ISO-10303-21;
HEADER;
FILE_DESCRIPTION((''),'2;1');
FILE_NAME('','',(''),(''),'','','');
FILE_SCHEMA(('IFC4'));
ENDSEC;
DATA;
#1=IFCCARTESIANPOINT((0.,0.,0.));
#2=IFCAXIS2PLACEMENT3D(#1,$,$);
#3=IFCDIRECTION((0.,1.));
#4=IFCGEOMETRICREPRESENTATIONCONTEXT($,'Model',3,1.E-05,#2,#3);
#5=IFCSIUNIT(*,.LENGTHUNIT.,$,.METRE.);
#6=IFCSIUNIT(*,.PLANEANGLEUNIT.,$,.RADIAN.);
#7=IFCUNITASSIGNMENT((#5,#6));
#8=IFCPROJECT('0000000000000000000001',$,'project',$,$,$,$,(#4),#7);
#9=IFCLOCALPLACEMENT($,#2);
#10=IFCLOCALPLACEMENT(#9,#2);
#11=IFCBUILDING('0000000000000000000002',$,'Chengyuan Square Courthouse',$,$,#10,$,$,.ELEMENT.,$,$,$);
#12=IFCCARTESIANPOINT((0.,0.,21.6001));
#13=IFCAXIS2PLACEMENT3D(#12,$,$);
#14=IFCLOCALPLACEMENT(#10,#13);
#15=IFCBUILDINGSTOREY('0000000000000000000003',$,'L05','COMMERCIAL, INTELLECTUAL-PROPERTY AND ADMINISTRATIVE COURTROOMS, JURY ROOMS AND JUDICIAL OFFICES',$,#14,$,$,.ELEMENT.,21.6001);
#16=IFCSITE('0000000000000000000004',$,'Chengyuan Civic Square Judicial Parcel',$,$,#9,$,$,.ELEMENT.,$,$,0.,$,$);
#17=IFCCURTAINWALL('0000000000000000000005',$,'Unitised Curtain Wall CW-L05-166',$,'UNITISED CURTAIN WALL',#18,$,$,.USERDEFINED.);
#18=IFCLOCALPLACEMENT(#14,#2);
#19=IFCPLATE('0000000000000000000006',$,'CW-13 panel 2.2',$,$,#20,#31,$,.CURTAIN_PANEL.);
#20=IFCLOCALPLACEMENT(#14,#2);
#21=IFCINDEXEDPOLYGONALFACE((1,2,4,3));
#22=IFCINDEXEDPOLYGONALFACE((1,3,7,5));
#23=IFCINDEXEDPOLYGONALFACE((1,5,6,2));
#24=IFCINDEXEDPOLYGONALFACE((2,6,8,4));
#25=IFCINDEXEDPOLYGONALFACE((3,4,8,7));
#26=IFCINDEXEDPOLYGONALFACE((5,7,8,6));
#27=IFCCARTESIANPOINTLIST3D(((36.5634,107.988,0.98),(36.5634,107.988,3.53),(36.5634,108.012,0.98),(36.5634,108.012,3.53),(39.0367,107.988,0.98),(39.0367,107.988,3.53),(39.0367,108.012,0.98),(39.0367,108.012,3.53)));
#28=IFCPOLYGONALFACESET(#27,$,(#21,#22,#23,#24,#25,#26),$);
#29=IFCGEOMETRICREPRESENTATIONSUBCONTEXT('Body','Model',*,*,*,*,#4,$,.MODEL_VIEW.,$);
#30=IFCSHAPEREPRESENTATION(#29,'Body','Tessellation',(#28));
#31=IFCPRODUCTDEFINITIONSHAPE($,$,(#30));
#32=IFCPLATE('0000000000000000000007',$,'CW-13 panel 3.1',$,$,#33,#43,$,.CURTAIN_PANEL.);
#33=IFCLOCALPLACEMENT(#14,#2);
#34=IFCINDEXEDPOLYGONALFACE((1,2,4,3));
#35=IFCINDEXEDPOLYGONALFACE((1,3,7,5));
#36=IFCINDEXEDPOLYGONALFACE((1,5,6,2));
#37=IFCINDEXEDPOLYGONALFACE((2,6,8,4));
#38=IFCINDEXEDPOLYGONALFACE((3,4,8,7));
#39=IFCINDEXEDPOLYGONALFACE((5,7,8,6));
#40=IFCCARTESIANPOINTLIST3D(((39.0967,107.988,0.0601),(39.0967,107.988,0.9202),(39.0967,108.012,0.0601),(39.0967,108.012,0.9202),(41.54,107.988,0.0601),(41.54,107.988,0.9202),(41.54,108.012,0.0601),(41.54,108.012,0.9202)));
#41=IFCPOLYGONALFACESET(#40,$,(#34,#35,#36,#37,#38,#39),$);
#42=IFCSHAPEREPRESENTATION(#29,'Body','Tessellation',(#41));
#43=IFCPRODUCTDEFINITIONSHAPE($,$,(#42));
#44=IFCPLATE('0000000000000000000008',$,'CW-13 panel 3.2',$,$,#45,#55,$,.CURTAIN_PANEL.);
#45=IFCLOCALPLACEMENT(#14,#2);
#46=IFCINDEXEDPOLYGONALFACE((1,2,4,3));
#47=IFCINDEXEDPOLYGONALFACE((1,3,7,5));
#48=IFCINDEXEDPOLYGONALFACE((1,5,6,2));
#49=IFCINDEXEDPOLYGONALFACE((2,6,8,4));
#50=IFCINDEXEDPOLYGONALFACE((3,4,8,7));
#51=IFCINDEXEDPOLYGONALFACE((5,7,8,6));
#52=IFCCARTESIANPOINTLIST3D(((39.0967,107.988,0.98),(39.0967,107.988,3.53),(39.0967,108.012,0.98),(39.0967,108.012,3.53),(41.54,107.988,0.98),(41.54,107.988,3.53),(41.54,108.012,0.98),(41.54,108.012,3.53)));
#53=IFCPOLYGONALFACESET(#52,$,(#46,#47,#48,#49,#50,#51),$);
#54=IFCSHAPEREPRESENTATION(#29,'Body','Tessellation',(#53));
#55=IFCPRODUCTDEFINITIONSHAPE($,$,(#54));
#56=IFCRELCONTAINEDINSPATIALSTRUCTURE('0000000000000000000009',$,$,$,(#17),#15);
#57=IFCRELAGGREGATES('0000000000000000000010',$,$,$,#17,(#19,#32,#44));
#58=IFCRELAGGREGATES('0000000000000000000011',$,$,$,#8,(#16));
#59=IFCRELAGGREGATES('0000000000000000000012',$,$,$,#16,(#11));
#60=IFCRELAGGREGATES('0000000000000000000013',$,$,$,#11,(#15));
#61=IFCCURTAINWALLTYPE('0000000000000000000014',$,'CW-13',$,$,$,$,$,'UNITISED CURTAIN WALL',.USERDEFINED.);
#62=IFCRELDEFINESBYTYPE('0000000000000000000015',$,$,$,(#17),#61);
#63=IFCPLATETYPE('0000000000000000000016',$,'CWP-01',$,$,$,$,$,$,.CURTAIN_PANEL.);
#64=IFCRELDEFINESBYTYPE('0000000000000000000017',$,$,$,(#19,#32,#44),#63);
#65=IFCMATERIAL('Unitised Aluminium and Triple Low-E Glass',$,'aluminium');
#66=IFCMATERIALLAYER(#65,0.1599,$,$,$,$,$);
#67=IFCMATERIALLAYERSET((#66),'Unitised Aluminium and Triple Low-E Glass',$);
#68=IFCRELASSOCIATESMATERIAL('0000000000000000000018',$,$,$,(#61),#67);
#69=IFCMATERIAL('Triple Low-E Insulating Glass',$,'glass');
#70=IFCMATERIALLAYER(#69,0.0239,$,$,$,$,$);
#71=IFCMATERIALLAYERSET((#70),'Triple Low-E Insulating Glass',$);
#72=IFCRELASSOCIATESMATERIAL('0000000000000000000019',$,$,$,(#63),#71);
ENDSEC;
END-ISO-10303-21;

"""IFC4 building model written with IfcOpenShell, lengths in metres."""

from ifc_helpers import new_model, si_unit, direction, frame, origin, origin_2d, place, context, subcontext, project, spatial, rectangle, extrude, material, layer, layer_set, type_object, element, aggregate, save


model = new_model("IFC4")

# Units and contexts
model_context = context("Model", 3, precision=1e-05, world=origin(), true_north=direction((0.0, 1.0)))
body_context = subcontext(model_context, "Body", "Model", "MODEL_VIEW")
ifc_project = project(units=[si_unit("LENGTHUNIT", "METRE"), si_unit("PLANEANGLEUNIT", "RADIAN")], contexts=[model_context])

# Site, building, storey
site_placement = place(None, origin())
site = spatial("IfcSite", under=ifc_project, at=site_placement, Name="Chengyuan Civic Square Judicial Parcel", CompositionType="ELEMENT", RefElevation=0.0)
building_placement = place(site_placement, origin())
building = spatial("IfcBuilding", under=site, at=building_placement, Name="Chengyuan Square Courthouse", CompositionType="ELEMENT")
storey_placement = place(building_placement, frame((0.0, 0.0, 21.6001)))
storey = spatial("IfcBuildingStorey", under=building, at=storey_placement, Name="L05", Description="COMMERCIAL, INTELLECTUAL-PROPERTY AND ADMINISTRATIVE COURTROOMS, JURY ROOMS AND JUDICIAL OFFICES", CompositionType="ELEMENT", Elevation=21.6001)

# Curtain wall, plates
ifc_material_1 = material(Name="Unitised Aluminium and Triple Low-E Glass", Category="aluminium")
ifc_layer_1 = layer(ifc_material_1, 0.1599)
ifc_layer_set_1 = layer_set([ifc_layer_1], Name="Unitised Aluminium and Triple Low-E Glass")
curtain_wall_type = type_object("IfcCurtainWallType", Name="CW-13", ElementType="UNITISED CURTAIN WALL", PredefinedType="USERDEFINED", material=ifc_layer_set_1)
curtain_wall_placement = place(storey_placement, origin())
curtain_wall = element("IfcCurtainWall", 1, at=curtain_wall_placement, inside=storey, type_object=curtain_wall_type, Name="Unitised Curtain Wall CW-L05-166", ObjectType="UNITISED CURTAIN WALL", PredefinedType="USERDEFINED")
ifc_material_2 = material(Name="Triple Low-E Insulating Glass", Category="glass")
ifc_layer_2 = layer(ifc_material_2, 0.0239)
ifc_layer_set_2 = layer_set([ifc_layer_2], Name="Triple Low-E Insulating Glass")
plate_type = type_object("IfcPlateType", Name="CWP-01", PredefinedType="CURTAIN_PANEL", material=ifc_layer_set_2)
plate_1_placement = place(storey_placement, frame((37.8, 108.0, 0.98), z_axis=(0.0, 0.0, 1.0), x_axis=(1.0, 0.0, 0.0)))
plate_1 = element("IfcPlate", 2, at=plate_1_placement, type_object=plate_type, Name="CW-13 panel 2.2", PredefinedType="CURTAIN_PANEL", context=body_context, shape_type="SweptSolid", body=[
    extrude(rectangle(XDim=2.4734, YDim=0.0239, at=origin_2d()), origin(), (0.0, 0.0, 1.0), 2.55),
])
plate_2_placement = place(storey_placement, frame((40.3184, 108.0, 0.0601), z_axis=(0.0, 0.0, 1.0), x_axis=(1.0, 0.0, 0.0)))
plate_2 = element("IfcPlate", 3, at=plate_2_placement, type_object=plate_type, Name="CW-13 panel 3.1", PredefinedType="CURTAIN_PANEL", context=body_context, shape_type="SweptSolid", body=[
    extrude(rectangle(XDim=2.4434, YDim=0.0239, at=origin_2d()), origin(), (0.0, 0.0, 1.0), 0.8601),
])
plate_3_placement = place(storey_placement, frame((40.3184, 108.0, 0.98), z_axis=(0.0, 0.0, 1.0), x_axis=(1.0, 0.0, 0.0)))
plate_3 = element("IfcPlate", 4, at=plate_3_placement, type_object=plate_type, Name="CW-13 panel 3.2", PredefinedType="CURTAIN_PANEL", context=body_context, shape_type="SweptSolid", body=[
    extrude(rectangle(XDim=2.4434, YDim=0.0239, at=origin_2d()), origin(), (0.0, 0.0, 1.0), 2.55),
])
aggregate(curtain_wall, [plate_1, plate_2, plate_3])

save(model, "model.ifc")
